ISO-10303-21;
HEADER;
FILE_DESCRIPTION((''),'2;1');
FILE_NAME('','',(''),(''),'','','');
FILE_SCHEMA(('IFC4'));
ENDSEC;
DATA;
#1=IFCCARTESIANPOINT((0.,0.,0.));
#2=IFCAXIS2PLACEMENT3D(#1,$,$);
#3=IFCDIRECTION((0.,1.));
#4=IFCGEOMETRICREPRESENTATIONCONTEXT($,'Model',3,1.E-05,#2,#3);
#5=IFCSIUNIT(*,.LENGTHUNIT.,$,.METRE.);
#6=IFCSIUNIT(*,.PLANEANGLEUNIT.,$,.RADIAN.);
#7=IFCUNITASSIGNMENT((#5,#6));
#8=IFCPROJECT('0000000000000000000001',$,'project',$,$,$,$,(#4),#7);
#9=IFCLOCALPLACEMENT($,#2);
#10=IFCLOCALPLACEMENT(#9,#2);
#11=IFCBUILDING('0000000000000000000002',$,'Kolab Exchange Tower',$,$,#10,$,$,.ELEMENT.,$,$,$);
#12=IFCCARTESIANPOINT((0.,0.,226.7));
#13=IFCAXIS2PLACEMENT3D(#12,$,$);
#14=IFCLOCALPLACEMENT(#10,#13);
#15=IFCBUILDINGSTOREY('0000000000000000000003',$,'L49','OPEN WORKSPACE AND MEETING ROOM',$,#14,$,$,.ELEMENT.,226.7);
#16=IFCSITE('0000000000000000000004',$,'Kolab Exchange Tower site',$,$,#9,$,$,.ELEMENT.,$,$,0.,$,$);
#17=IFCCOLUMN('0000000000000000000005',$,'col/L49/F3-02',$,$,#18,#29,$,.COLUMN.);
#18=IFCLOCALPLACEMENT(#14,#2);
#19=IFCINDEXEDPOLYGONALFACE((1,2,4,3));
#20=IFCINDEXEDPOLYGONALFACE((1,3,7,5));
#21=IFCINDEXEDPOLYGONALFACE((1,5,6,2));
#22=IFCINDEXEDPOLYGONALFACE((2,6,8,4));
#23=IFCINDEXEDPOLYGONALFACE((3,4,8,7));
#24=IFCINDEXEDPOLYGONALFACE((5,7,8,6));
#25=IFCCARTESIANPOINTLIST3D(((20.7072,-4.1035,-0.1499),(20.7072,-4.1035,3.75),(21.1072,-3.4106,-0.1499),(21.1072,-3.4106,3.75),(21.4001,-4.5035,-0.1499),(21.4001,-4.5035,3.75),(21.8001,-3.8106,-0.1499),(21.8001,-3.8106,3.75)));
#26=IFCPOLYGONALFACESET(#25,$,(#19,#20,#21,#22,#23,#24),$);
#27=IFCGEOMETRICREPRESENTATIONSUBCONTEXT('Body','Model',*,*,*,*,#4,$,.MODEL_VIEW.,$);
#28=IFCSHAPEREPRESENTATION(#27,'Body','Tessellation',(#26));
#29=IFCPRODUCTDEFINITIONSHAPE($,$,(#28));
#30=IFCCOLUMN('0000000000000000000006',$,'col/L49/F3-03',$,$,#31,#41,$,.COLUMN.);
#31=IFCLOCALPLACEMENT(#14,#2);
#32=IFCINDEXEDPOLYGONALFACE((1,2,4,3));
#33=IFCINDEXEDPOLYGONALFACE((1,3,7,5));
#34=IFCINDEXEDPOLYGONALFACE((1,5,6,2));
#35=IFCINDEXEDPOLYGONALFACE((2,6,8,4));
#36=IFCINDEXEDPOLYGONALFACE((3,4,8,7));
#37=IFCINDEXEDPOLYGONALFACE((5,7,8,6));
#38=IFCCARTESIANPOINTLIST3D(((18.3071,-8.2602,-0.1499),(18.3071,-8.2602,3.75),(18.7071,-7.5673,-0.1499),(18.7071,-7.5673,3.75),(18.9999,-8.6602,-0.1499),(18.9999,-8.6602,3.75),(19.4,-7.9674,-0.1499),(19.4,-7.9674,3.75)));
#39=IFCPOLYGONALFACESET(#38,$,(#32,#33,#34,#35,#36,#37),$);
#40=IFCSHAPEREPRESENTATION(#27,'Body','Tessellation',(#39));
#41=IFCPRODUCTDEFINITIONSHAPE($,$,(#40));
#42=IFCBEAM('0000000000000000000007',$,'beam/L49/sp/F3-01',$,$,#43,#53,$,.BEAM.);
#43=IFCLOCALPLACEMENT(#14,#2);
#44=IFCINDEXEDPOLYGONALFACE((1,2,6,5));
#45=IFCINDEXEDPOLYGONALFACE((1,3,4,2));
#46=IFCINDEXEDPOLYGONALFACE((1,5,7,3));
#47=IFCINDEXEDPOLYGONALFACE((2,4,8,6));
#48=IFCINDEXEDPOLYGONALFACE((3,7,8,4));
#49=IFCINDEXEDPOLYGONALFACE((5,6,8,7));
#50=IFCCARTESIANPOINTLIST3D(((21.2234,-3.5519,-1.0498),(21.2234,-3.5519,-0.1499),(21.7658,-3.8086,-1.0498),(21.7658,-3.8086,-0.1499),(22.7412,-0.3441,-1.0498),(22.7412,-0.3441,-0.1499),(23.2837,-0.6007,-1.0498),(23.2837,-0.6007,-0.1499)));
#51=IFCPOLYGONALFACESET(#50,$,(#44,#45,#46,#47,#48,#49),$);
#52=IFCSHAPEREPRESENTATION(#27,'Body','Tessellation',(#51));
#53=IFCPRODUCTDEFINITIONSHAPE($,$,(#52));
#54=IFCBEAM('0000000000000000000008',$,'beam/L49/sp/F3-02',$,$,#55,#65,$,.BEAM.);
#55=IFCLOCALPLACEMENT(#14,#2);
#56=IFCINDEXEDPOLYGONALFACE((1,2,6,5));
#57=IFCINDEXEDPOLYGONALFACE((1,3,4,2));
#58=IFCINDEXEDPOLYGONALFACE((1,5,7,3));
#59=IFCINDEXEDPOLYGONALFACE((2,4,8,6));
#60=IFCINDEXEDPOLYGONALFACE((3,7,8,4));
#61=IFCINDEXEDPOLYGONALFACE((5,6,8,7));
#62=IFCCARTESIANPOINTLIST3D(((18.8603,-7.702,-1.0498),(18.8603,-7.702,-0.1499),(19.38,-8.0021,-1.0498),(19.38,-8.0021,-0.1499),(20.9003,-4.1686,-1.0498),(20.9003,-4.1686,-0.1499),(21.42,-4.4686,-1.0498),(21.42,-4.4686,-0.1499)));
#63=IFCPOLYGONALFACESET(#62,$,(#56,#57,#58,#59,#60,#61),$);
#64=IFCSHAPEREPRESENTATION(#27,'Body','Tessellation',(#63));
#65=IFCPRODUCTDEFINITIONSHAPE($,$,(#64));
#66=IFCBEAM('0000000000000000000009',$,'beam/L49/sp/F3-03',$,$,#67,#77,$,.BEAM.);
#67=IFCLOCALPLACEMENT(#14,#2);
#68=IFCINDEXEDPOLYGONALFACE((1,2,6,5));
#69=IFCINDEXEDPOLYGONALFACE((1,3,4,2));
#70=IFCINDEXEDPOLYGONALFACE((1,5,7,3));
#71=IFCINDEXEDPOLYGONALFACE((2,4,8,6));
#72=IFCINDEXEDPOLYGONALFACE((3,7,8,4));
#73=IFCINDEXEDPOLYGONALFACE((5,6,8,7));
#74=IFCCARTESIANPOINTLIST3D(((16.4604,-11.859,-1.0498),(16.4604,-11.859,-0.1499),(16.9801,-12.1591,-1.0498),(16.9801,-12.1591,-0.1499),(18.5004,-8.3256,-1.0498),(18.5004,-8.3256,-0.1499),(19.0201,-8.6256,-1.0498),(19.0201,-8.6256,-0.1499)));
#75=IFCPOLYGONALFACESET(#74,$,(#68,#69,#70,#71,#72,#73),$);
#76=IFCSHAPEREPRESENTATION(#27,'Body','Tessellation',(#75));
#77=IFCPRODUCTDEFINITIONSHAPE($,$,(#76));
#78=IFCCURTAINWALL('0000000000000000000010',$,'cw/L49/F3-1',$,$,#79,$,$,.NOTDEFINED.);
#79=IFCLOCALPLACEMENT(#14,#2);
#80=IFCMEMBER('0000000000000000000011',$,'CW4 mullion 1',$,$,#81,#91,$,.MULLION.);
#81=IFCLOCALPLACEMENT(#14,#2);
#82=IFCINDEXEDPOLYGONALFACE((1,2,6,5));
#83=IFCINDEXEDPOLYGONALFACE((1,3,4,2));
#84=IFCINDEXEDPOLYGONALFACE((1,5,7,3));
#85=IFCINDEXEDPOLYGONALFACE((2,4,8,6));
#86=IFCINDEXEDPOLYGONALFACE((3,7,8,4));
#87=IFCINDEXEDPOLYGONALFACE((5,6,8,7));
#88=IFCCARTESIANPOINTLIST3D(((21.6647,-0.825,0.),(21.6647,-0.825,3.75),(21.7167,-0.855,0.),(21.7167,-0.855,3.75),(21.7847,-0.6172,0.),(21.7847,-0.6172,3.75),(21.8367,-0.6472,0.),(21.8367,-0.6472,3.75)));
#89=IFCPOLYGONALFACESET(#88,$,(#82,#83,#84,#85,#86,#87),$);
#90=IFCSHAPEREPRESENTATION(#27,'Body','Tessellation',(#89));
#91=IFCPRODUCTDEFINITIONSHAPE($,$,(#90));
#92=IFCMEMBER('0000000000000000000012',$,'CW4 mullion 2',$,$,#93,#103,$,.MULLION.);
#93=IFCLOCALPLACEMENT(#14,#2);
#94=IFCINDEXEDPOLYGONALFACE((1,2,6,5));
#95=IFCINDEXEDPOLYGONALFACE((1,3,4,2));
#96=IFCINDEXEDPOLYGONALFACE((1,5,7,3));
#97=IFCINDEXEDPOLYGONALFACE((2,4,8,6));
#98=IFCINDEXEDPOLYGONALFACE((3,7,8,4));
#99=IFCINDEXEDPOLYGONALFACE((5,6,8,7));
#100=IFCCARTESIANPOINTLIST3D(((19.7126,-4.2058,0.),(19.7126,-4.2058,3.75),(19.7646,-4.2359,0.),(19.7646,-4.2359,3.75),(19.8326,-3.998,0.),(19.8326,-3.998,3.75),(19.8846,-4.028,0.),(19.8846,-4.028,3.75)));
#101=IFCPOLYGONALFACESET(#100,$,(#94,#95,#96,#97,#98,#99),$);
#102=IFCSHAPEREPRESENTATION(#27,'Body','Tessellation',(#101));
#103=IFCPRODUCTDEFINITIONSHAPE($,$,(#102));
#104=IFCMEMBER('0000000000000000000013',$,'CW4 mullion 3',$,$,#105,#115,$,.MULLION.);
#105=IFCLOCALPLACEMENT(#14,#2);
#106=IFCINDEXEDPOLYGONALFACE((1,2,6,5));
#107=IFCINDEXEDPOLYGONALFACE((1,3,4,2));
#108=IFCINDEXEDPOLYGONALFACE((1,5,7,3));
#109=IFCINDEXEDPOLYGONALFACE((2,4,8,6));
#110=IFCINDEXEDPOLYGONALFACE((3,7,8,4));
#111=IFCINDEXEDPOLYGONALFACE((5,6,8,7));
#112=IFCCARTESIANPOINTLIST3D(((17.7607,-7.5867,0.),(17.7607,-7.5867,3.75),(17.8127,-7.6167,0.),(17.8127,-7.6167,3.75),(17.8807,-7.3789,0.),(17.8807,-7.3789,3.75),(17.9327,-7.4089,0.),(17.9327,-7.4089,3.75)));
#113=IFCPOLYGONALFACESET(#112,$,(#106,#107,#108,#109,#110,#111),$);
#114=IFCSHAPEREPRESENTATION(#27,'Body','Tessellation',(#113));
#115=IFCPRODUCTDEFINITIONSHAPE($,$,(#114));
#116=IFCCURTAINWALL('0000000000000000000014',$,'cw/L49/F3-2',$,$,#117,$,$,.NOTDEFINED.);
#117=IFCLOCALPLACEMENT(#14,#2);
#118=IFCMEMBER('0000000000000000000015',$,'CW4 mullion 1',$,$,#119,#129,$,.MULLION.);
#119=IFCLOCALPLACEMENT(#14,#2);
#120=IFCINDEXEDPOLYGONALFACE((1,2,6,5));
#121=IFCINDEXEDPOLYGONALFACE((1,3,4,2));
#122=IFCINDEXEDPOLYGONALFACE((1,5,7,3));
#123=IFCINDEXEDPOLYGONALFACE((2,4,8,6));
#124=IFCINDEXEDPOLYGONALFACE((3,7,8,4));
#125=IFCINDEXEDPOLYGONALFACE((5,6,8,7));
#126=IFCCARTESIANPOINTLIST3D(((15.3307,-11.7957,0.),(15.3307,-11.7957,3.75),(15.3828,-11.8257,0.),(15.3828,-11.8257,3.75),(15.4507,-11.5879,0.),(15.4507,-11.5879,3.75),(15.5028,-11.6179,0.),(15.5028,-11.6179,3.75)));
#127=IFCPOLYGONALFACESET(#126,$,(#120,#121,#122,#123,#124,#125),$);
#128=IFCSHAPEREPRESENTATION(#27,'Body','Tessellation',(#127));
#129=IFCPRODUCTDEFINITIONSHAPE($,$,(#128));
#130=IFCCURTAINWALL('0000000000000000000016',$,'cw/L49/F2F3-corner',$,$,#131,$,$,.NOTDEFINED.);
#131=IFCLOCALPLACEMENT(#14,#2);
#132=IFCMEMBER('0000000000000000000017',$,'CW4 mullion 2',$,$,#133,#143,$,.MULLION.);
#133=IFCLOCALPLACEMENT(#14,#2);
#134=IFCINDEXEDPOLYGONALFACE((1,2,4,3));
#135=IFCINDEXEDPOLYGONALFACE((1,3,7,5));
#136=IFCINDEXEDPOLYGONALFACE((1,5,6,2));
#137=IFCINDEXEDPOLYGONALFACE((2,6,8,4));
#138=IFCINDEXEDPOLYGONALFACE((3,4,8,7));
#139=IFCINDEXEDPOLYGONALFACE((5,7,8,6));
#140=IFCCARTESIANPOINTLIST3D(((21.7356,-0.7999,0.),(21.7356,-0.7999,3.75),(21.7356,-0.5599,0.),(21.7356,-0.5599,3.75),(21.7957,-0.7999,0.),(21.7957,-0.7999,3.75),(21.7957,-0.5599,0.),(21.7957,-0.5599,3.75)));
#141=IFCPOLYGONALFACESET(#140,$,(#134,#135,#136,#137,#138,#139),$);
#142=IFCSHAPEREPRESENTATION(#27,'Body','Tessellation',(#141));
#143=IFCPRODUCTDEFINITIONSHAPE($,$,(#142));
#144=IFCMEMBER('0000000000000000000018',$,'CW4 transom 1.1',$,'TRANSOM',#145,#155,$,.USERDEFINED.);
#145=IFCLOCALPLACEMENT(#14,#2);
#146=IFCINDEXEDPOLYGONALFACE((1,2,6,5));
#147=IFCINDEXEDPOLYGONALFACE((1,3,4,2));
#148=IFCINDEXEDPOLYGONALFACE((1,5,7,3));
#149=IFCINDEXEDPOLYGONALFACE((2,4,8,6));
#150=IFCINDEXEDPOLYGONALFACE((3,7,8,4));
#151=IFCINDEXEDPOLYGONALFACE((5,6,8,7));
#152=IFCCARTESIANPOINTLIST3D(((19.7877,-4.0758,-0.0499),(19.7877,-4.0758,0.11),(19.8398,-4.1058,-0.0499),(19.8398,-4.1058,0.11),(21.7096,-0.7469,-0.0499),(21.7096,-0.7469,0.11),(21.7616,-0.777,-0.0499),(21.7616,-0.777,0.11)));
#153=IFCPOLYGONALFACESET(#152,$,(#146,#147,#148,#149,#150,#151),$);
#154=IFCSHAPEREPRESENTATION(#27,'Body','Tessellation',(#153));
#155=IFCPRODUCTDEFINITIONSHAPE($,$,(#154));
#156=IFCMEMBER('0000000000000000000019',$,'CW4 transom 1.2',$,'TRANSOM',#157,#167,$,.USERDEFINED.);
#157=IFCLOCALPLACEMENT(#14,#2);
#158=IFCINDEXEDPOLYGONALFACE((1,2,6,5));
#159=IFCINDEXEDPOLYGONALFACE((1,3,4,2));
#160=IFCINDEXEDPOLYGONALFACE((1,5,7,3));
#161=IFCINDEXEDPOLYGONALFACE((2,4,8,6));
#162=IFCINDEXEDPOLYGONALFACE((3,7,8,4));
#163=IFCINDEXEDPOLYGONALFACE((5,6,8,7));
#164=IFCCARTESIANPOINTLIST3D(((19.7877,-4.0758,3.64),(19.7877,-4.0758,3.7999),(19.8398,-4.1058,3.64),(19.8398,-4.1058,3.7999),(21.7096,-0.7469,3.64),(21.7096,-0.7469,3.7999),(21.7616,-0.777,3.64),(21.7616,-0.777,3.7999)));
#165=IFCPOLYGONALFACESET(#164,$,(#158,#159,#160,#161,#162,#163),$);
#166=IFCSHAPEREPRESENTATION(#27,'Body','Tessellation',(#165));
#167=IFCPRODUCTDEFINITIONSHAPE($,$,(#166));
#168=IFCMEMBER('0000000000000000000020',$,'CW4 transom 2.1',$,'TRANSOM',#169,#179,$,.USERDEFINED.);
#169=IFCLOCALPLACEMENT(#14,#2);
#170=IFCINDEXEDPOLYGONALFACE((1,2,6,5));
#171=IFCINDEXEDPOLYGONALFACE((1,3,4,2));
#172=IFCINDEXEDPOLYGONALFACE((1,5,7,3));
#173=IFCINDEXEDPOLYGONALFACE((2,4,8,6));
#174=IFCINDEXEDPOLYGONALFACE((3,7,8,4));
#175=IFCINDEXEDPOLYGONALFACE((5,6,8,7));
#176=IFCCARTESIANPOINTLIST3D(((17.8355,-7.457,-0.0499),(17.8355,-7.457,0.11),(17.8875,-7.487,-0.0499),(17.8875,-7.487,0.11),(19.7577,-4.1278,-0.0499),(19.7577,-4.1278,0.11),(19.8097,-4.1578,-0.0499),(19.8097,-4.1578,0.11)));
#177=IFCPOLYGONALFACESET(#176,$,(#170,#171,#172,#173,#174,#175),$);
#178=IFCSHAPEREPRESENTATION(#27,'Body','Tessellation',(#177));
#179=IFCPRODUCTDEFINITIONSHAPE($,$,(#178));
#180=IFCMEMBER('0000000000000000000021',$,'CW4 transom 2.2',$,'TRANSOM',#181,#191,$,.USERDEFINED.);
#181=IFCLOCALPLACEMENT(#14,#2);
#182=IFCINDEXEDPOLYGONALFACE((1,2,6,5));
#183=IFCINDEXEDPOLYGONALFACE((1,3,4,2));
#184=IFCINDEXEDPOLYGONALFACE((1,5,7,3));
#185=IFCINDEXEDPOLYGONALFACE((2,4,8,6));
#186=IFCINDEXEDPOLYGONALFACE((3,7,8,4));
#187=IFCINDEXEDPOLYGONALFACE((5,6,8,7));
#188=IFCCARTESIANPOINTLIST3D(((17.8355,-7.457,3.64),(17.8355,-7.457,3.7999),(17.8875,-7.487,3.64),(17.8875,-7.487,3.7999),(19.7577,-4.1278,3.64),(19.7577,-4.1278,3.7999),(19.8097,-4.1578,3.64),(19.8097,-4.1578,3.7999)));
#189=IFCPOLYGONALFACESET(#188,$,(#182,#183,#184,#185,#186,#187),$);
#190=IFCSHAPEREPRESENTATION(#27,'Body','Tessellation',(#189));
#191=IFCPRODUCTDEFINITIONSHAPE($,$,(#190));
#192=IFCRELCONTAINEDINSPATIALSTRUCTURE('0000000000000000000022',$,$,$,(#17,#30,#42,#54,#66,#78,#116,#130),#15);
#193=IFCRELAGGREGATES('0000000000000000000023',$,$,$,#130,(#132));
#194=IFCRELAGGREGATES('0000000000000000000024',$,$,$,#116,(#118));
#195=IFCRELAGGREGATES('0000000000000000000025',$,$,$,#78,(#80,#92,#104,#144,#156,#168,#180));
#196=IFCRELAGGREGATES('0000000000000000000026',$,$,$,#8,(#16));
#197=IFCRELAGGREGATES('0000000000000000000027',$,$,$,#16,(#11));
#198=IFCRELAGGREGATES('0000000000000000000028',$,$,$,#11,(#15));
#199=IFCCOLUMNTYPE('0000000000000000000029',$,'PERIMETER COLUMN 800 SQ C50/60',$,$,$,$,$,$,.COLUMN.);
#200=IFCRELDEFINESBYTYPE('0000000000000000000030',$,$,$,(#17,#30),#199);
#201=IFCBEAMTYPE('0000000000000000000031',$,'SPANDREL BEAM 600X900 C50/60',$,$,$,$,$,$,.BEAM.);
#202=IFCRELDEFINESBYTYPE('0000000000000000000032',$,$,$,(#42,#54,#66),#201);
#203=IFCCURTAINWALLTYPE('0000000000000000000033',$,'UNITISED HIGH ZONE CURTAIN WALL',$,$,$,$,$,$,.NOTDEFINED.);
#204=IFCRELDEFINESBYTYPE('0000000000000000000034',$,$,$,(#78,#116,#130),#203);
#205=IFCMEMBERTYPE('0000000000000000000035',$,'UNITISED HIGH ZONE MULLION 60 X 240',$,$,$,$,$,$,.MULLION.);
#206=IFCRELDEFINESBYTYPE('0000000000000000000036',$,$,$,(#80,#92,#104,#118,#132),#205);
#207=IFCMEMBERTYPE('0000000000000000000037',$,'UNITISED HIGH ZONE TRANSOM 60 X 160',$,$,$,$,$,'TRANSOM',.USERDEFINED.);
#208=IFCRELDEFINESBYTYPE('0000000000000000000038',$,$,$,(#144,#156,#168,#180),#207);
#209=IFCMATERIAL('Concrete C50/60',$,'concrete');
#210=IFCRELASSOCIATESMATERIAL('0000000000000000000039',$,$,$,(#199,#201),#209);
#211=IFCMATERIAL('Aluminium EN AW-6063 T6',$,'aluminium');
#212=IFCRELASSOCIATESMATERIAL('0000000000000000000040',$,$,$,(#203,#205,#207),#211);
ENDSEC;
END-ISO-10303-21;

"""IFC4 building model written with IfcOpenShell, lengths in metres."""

from ifc_helpers import new_model, si_unit, direction, frame, origin, origin_2d, place, context, subcontext, project, spatial, rectangle, extrude, material, material_profile, profile_set, type_object, element, aggregate, save


model = new_model("IFC4")

# Units and contexts
model_context = context("Model", 3, precision=1e-05, world=origin(), true_north=direction((0.0, 1.0)))
body_context = subcontext(model_context, "Body", "Model", "MODEL_VIEW")
ifc_project = project(units=[si_unit("LENGTHUNIT", "METRE"), si_unit("PLANEANGLEUNIT", "RADIAN")], contexts=[model_context])

# Site, building, storey
site_placement = place(None, origin())
site = spatial("IfcSite", under=ifc_project, at=site_placement, Name="Kolab Exchange Tower site", CompositionType="ELEMENT", RefElevation=0.0)
building_placement = place(site_placement, origin())
building = spatial("IfcBuilding", under=site, at=building_placement, Name="Kolab Exchange Tower", CompositionType="ELEMENT")
storey_placement = place(building_placement, frame((0.0, 0.0, 226.7)))
storey = spatial("IfcBuildingStorey", under=building, at=storey_placement, Name="L49", Description="OPEN WORKSPACE AND MEETING ROOM", CompositionType="ELEMENT", Elevation=226.7)

# Columns
ifc_material_1 = material(Name="Concrete C50/60", Category="concrete")
ifc_material_profile_1 = material_profile(ifc_material_1, rectangle(XDim=0.8, YDim=0.8, at=origin_2d()), Name="RC800")
ifc_profile_set_1 = profile_set([ifc_material_profile_1], Name="Concrete C50/60")
column_type = type_object("IfcColumnType", Name="PERIMETER COLUMN 800 SQ C50/60", PredefinedType="COLUMN", material=ifc_profile_set_1)
for number, where, z_axis, x_axis, name in (
    (1, (21.2537, -3.957, -0.1499), (0.0, 0.0, 1.0), (0.5, 0.866025, 0.0), "col/L49/F3-02"),
    (2, (18.8535, -8.1138, -0.1499), (0.0, 0.0, 1.0), (0.5, 0.866025, 0.0), "col/L49/F3-03"),
):
    element("IfcColumn", number, at=place(storey_placement, frame(where, z_axis=z_axis, x_axis=x_axis)), inside=storey, type_object=column_type, Name=name, PredefinedType="COLUMN", context=body_context, shape_type="SweptSolid", body=[
        extrude(rectangle(XDim=0.8, YDim=0.8, at=origin_2d()), origin(), (0.0, 0.0, 1.0), 3.8999),
    ])

# Beams
ifc_material_profile_2 = material_profile(ifc_material_1, rectangle(XDim=0.6001, YDim=0.8999, at=origin_2d()), Name="RC600X900")
ifc_profile_set_2 = profile_set([ifc_material_profile_2], Name="Concrete C50/60")
beam_type = type_object("IfcBeamType", Name="SPANDREL BEAM 600X900 C50/60", PredefinedType="BEAM", material=ifc_profile_set_2)
beam_placement = place(storey_placement, frame((23.0125, -0.4724, -0.5999), z_axis=(-0.427708, -0.903917, 0.0), x_axis=(0.903917, -0.427708, 0.0)))
element("IfcBeam", 3, at=beam_placement, inside=storey, type_object=beam_type, Name="beam/L49/sp/F3-01", PredefinedType="BEAM", context=body_context, shape_type="SweptSolid", body=[
    extrude(rectangle(XDim=0.6001, YDim=0.8999, at=origin_2d()), origin(), (0.0, 0.0, 1.0), 3.5488),
])
for number, where, z_axis, x_axis, name in (
    (4, (21.1602, -4.3186, -0.5999), (-0.5, -0.866025, 0.0), (0.866025, -0.5, 0.0), "beam/L49/sp/F3-02"),
    (5, (18.7603, -8.4756, -0.5999), (-0.5, -0.866025, 0.0), (0.866025, -0.5, 0.0), "beam/L49/sp/F3-03"),
):
    element("IfcBeam", number, at=place(storey_placement, frame(where, z_axis=z_axis, x_axis=x_axis)), inside=storey, type_object=beam_type, Name=name, PredefinedType="BEAM", context=body_context, shape_type="SweptSolid", body=[
        extrude(rectangle(XDim=0.6001, YDim=0.8999, at=origin_2d()), origin(), (0.0, 0.0, 1.0), 4.0801),
    ])

# Curtain wall, members
ifc_material_2 = material(Name="Aluminium EN AW-6063 T6", Category="aluminium")
curtain_wall_type = type_object("IfcCurtainWallType", Name="UNITISED HIGH ZONE CURTAIN WALL", PredefinedType="NOTDEFINED", material=ifc_material_2)
curtain_wall_1_placement = place(storey_placement, origin())
curtain_wall_1 = element("IfcCurtainWall", 6, at=curtain_wall_1_placement, inside=storey, type_object=curtain_wall_type, Name="cw/L49/F3-1", PredefinedType="NOTDEFINED")
ifc_material_profile_3 = material_profile(ifc_material_2, rectangle(XDim=0.0601, YDim=0.24, at=origin_2d()), Name="RECT 60X240")
ifc_profile_set_3 = profile_set([ifc_material_profile_3], Name="Aluminium EN AW-6063 T6")
member_type_1 = type_object("IfcMemberType", Name="UNITISED HIGH ZONE MULLION 60 X 240", PredefinedType="MULLION", material=ifc_profile_set_3)
member_1_placement = place(storey_placement, frame((21.7507, -0.7361, 0.0), z_axis=(0.0, 0.0, 1.0), x_axis=(0.866025, -0.5, 0.0)))
member_1 = element("IfcMember", 7, at=member_1_placement, type_object=member_type_1, Name="CW4 mullion 1", PredefinedType="MULLION", context=body_context, shape_type="SweptSolid", body=[
    extrude(rectangle(XDim=0.0601, YDim=0.24, at=origin_2d()), origin(), (0.0, 0.0, 1.0), 3.75),
])
member_2_placement = place(storey_placement, frame((19.7986, -4.1169, 0.0), z_axis=(0.0, 0.0, 1.0), x_axis=(0.866025, -0.5, 0.0)))
member_2 = element("IfcMember", 8, at=member_2_placement, type_object=member_type_1, Name="CW4 mullion 2", PredefinedType="MULLION", context=body_context, shape_type="SweptSolid", body=[
    extrude(rectangle(XDim=0.0601, YDim=0.24, at=origin_2d()), origin(), (0.0, 0.0, 1.0), 3.75),
])
member_3_placement = place(storey_placement, frame((17.8467, -7.4978, 0.0), z_axis=(0.0, 0.0, 1.0), x_axis=(0.866025, -0.5, 0.0)))
member_3 = element("IfcMember", 9, at=member_3_placement, type_object=member_type_1, Name="CW4 mullion 3", PredefinedType="MULLION", context=body_context, shape_type="SweptSolid", body=[
    extrude(rectangle(XDim=0.0601, YDim=0.24, at=origin_2d()), origin(), (0.0, 0.0, 1.0), 3.75),
])

# Curtain walls, members
curtain_wall_2_placement = place(storey_placement, origin())
curtain_wall_2 = element("IfcCurtainWall", 10, at=curtain_wall_2_placement, inside=storey, type_object=curtain_wall_type, Name="cw/L49/F3-2", PredefinedType="NOTDEFINED")
member_4_placement = place(storey_placement, frame((15.4167, -11.7068, 0.0), z_axis=(0.0, 0.0, 1.0), x_axis=(0.866025, -0.5, 0.0)))
member_4 = element("IfcMember", 11, at=member_4_placement, type_object=member_type_1, Name="CW4 mullion 1", PredefinedType="MULLION", context=body_context, shape_type="SweptSolid", body=[
    extrude(rectangle(XDim=0.0601, YDim=0.24, at=origin_2d()), origin(), (0.0, 0.0, 1.0), 3.75),
])
curtain_wall_3_placement = place(storey_placement, origin())
curtain_wall_3 = element("IfcCurtainWall", 12, at=curtain_wall_3_placement, inside=storey, type_object=curtain_wall_type, Name="cw/L49/F2F3-corner", PredefinedType="NOTDEFINED")
member_5_placement = place(storey_placement, frame((21.7656, -0.6799, 0.0), z_axis=(0.0, 0.0, 1.0), x_axis=(1.0, 0.0, 0.0)))
member_5 = element("IfcMember", 13, at=member_5_placement, type_object=member_type_1, Name="CW4 mullion 2", PredefinedType="MULLION", context=body_context, shape_type="SweptSolid", body=[
    extrude(rectangle(XDim=0.0601, YDim=0.24, at=origin_2d()), origin(), (0.0, 0.0, 1.0), 3.75),
])
aggregate(curtain_wall_3, [member_5])

# Members
ifc_material_profile_4 = material_profile(ifc_material_2, rectangle(XDim=0.0601, YDim=0.1599, at=origin_2d()), Name="RECT 60X160")
ifc_profile_set_4 = profile_set([ifc_material_profile_4], Name="Aluminium EN AW-6063 T6")
member_type_2 = type_object("IfcMemberType", Name="UNITISED HIGH ZONE TRANSOM 60 X 160", ElementType="TRANSOM", PredefinedType="USERDEFINED", material=ifc_profile_set_4)
member_6_placement = place(storey_placement, frame((21.7356, -0.762, 0.03), z_axis=(-0.499992, -0.86603, 0.0), x_axis=(0.86603, -0.499992, 0.0)))
member_6 = element("IfcMember", 14, at=member_6_placement, type_object=member_type_2, Name="CW4 transom 1.1", ObjectType="TRANSOM", PredefinedType="USERDEFINED", context=body_context, shape_type="SweptSolid", body=[
    extrude(rectangle(XDim=0.0601, YDim=0.1599, at=origin_2d()), origin(), (0.0, 0.0, 1.0), 3.8438),
])
member_7_placement = place(storey_placement, frame((21.7356, -0.762, 3.72), z_axis=(-0.499992, -0.86603, 0.0), x_axis=(0.86603, -0.499992, 0.0)))
member_7 = element("IfcMember", 15, at=member_7_placement, type_object=member_type_2, Name="CW4 transom 1.2", ObjectType="TRANSOM", PredefinedType="USERDEFINED", context=body_context, shape_type="SweptSolid", body=[
    extrude(rectangle(XDim=0.0601, YDim=0.1599, at=origin_2d()), origin(), (0.0, 0.0, 1.0), 3.8438),
])
member_8_placement = place(storey_placement, frame((19.7837, -4.1428, 0.03), z_axis=(-0.500012, -0.866018, 0.0), x_axis=(0.866018, -0.500012, 0.0)))
member_8 = element("IfcMember", 16, at=member_8_placement, type_object=member_type_2, Name="CW4 transom 2.1", ObjectType="TRANSOM", PredefinedType="USERDEFINED", context=body_context, shape_type="SweptSolid", body=[
    extrude(rectangle(XDim=0.0601, YDim=0.1599, at=origin_2d()), origin(), (0.0, 0.0, 1.0), 3.8442),
])
member_9_placement = place(storey_placement, frame((19.7837, -4.1428, 3.72), z_axis=(-0.500012, -0.866018, 0.0), x_axis=(0.866018, -0.500012, 0.0)))
member_9 = element("IfcMember", 17, at=member_9_placement, type_object=member_type_2, Name="CW4 transom 2.2", ObjectType="TRANSOM", PredefinedType="USERDEFINED", context=body_context, shape_type="SweptSolid", body=[
    extrude(rectangle(XDim=0.0601, YDim=0.1599, at=origin_2d()), origin(), (0.0, 0.0, 1.0), 3.8442),
])
aggregate(curtain_wall_2, [member_4])

aggregate(curtain_wall_1, [member_1, member_2, member_3, member_6, member_7, member_8, member_9])

save(model, "model.ifc")
